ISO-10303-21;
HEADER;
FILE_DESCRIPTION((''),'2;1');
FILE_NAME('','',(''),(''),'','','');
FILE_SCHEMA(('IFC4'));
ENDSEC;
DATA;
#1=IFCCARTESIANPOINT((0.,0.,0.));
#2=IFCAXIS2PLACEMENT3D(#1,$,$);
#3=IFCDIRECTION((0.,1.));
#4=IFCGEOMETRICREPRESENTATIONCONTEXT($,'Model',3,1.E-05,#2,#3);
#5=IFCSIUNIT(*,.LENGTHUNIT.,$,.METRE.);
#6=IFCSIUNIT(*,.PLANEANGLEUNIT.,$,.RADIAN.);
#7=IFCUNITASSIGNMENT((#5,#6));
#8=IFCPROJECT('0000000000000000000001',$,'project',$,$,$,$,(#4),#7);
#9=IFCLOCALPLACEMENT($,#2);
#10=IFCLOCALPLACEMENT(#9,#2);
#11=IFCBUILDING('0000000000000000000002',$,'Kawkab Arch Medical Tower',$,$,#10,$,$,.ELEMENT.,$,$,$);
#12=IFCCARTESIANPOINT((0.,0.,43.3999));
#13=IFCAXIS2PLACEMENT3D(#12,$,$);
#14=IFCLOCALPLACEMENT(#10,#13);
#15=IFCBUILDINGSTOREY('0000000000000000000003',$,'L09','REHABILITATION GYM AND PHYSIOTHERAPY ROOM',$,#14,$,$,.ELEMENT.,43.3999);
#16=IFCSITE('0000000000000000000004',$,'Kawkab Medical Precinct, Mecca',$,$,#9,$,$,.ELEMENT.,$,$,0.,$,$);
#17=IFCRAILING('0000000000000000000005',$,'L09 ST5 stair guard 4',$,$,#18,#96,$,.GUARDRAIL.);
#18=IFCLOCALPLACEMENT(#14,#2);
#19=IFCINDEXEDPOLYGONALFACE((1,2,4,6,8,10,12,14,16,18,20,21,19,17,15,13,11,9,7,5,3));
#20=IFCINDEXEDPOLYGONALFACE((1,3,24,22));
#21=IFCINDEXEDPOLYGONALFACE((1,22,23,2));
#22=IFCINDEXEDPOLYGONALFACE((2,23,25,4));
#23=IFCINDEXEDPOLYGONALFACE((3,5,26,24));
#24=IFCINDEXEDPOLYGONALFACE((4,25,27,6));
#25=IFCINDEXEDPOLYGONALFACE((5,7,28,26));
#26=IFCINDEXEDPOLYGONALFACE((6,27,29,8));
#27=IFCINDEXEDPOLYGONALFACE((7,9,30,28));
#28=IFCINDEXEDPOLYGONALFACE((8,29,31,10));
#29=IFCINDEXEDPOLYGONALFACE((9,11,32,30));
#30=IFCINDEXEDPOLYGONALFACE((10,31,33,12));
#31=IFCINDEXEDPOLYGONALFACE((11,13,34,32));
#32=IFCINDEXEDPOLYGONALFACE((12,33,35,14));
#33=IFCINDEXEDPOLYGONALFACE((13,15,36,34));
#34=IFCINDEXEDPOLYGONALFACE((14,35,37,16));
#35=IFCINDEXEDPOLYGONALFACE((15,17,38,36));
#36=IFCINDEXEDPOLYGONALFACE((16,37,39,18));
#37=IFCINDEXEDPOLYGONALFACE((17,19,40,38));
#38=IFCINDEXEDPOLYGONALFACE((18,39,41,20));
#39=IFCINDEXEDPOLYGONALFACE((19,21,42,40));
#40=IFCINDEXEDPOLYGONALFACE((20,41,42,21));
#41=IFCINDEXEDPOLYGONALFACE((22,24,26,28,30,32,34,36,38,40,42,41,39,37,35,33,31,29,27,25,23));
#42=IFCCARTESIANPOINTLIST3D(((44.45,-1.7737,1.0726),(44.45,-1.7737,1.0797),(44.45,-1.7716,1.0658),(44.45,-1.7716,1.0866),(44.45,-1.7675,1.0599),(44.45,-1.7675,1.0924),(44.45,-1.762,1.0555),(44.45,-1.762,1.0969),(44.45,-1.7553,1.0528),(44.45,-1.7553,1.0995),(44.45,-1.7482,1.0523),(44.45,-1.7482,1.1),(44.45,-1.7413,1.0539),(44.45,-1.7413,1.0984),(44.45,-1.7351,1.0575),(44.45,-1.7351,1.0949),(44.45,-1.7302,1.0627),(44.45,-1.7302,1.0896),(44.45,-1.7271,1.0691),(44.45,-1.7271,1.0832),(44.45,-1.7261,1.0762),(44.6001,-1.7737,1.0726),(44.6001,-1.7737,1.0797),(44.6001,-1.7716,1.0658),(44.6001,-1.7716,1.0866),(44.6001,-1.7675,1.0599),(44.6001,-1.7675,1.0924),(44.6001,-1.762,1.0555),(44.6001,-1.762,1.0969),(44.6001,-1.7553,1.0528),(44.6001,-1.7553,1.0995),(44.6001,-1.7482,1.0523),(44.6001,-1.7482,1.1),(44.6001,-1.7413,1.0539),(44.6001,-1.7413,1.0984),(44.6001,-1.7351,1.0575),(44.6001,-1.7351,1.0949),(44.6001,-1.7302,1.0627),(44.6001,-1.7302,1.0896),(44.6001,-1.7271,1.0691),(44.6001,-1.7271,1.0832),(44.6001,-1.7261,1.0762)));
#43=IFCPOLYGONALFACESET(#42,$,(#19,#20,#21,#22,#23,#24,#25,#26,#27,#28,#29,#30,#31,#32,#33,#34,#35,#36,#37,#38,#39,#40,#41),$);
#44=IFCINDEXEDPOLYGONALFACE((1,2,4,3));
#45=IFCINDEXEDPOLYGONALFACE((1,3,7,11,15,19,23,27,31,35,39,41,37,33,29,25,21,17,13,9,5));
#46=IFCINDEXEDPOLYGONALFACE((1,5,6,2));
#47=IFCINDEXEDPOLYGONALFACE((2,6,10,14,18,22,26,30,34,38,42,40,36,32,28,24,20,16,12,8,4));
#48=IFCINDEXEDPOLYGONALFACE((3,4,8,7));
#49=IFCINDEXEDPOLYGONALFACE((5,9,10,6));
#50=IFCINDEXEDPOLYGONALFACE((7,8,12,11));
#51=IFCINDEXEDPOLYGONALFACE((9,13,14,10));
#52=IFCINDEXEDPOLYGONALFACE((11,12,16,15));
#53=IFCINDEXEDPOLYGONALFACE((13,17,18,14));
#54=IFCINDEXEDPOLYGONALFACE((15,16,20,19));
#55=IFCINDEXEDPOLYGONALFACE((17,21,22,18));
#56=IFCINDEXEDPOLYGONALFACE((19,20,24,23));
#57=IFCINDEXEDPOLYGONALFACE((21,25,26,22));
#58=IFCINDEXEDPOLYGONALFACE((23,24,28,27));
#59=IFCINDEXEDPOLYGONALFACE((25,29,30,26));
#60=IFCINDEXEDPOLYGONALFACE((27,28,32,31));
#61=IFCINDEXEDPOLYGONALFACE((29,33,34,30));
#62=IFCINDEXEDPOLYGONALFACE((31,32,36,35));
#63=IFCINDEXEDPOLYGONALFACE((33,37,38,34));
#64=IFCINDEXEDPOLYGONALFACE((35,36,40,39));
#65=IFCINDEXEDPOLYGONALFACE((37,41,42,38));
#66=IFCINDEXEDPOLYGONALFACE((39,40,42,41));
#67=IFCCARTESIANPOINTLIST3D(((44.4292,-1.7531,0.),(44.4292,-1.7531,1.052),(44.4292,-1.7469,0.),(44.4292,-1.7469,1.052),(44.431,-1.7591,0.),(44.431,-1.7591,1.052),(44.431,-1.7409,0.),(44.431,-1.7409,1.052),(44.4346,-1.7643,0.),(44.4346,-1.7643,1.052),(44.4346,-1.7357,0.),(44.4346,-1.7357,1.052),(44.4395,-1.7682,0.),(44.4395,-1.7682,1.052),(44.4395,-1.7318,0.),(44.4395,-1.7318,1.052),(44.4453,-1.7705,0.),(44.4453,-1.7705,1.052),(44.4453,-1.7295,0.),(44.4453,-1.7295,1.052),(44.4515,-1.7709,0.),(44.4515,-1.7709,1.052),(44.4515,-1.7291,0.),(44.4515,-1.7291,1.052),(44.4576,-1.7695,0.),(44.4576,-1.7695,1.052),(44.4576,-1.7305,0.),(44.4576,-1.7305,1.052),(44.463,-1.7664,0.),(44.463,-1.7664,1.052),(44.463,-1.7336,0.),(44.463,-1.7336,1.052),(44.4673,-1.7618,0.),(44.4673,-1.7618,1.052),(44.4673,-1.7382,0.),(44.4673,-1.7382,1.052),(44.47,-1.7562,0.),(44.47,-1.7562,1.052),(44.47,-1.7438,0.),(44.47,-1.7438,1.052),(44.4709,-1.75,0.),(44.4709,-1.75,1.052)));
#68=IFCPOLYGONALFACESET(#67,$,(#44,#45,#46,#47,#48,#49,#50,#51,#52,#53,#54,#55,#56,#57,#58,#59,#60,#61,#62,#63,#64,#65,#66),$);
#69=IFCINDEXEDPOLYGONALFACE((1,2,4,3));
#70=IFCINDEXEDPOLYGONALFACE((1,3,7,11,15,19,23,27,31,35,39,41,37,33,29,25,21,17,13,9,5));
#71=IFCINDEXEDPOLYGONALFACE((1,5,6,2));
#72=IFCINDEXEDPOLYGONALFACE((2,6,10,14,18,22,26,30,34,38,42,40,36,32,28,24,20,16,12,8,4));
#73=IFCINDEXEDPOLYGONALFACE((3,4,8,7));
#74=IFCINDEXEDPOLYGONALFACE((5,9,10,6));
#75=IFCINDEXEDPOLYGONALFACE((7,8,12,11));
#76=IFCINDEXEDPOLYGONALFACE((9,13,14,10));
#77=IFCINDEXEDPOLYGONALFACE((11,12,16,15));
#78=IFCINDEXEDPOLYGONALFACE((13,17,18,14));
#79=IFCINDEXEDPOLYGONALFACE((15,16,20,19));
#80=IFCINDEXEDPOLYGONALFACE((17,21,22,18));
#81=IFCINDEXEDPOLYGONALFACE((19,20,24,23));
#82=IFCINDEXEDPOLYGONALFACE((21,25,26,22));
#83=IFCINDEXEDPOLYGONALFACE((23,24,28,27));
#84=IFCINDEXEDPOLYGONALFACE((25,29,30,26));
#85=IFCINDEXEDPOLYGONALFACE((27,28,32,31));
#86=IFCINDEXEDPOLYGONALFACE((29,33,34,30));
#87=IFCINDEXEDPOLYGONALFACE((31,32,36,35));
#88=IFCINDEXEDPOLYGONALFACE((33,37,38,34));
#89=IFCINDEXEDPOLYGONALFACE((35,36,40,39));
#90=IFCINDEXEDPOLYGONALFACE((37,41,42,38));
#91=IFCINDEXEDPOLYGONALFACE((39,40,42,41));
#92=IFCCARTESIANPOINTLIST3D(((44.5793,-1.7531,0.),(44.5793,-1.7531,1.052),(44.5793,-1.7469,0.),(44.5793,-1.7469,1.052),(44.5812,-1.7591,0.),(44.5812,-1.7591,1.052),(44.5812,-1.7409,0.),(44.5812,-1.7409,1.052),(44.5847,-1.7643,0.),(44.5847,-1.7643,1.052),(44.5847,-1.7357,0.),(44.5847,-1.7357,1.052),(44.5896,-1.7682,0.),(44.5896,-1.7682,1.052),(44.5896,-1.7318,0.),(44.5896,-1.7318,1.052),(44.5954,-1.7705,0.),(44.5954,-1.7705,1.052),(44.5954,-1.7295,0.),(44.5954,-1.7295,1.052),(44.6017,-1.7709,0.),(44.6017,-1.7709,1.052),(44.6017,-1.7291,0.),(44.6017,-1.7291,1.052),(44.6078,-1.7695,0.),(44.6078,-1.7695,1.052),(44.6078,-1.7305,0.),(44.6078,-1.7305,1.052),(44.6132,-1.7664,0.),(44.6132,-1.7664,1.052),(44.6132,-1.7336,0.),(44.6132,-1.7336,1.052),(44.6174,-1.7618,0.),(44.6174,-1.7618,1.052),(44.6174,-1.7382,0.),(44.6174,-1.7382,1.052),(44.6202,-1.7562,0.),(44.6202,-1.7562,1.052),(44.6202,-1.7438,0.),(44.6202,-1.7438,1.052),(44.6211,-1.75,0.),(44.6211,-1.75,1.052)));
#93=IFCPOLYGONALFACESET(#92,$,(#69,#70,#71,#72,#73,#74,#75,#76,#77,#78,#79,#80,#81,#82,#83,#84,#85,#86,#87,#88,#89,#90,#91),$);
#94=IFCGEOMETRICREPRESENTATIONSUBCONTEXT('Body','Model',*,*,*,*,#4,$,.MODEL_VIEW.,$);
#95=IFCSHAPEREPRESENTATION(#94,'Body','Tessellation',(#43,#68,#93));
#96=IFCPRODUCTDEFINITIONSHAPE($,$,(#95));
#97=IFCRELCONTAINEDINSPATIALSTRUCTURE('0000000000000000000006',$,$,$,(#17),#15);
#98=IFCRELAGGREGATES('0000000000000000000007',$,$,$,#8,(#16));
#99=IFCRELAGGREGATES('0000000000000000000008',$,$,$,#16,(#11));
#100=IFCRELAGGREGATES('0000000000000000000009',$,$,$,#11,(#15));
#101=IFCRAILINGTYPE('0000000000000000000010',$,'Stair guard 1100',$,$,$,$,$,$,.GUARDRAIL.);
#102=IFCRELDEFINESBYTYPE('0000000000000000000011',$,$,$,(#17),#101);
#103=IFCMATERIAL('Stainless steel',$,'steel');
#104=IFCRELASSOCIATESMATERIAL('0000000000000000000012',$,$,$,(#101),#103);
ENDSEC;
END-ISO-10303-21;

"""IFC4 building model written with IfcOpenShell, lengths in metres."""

from ifc_helpers import new_model, si_unit, direction, frame, origin, origin_2d, place, context, subcontext, project, spatial, circle, extrude, material, type_object, element, save


model = new_model("IFC4")

# Units and contexts
model_context = context("Model", 3, precision=1e-05, world=origin(), true_north=direction((0.0, 1.0)))
body_context = subcontext(model_context, "Body", "Model", "MODEL_VIEW")
ifc_project = project(units=[si_unit("LENGTHUNIT", "METRE"), si_unit("PLANEANGLEUNIT", "RADIAN")], contexts=[model_context])

# Site, building, storey
site_placement = place(None, origin())
site = spatial("IfcSite", under=ifc_project, at=site_placement, Name="Kawkab Medical Precinct, Mecca", CompositionType="ELEMENT", RefElevation=0.0)
building_placement = place(site_placement, origin())
building = spatial("IfcBuilding", under=site, at=building_placement, Name="Kawkab Arch Medical Tower", CompositionType="ELEMENT")
storey_placement = place(building_placement, frame((0.0, 0.0, 43.3999)))
storey = spatial("IfcBuildingStorey", under=building, at=storey_placement, Name="L09", Description="REHABILITATION GYM AND PHYSIOTHERAPY ROOM", CompositionType="ELEMENT", Elevation=43.3999)

# Railing
ifc_material_1 = material(Name="Stainless steel", Category="steel")
railing_type = type_object("IfcRailingType", Name="Stair guard 1100", PredefinedType="GUARDRAIL", material=ifc_material_1)
railing_1_placement = place(storey_placement, frame((44.45, -1.75, 0.0)))
element("IfcRailing", 1, at=railing_1_placement, inside=storey, type_object=railing_type, Name="L09 ST5 stair guard 4", PredefinedType="GUARDRAIL", context=body_context, shape_type="SweptSolid", body=[
    extrude(circle(Radius=0.0239, at=origin_2d()), frame((0.0, 0.0, 1.0762), z_axis=(1.0, 0.0, 0.0), x_axis=(0.0, 1.0, 0.0)), (0.0, 0.0, 1.0), 0.1501),
    extrude(circle(Radius=0.021, at=origin_2d()), origin(), (0.0, 0.0, 1.0), 1.052),
    extrude(circle(Radius=0.021, at=origin_2d()), frame((0.1501, 0.0, 0.0)), (0.0, 0.0, 1.0), 1.052),
])

save(model, "model.ifc")
